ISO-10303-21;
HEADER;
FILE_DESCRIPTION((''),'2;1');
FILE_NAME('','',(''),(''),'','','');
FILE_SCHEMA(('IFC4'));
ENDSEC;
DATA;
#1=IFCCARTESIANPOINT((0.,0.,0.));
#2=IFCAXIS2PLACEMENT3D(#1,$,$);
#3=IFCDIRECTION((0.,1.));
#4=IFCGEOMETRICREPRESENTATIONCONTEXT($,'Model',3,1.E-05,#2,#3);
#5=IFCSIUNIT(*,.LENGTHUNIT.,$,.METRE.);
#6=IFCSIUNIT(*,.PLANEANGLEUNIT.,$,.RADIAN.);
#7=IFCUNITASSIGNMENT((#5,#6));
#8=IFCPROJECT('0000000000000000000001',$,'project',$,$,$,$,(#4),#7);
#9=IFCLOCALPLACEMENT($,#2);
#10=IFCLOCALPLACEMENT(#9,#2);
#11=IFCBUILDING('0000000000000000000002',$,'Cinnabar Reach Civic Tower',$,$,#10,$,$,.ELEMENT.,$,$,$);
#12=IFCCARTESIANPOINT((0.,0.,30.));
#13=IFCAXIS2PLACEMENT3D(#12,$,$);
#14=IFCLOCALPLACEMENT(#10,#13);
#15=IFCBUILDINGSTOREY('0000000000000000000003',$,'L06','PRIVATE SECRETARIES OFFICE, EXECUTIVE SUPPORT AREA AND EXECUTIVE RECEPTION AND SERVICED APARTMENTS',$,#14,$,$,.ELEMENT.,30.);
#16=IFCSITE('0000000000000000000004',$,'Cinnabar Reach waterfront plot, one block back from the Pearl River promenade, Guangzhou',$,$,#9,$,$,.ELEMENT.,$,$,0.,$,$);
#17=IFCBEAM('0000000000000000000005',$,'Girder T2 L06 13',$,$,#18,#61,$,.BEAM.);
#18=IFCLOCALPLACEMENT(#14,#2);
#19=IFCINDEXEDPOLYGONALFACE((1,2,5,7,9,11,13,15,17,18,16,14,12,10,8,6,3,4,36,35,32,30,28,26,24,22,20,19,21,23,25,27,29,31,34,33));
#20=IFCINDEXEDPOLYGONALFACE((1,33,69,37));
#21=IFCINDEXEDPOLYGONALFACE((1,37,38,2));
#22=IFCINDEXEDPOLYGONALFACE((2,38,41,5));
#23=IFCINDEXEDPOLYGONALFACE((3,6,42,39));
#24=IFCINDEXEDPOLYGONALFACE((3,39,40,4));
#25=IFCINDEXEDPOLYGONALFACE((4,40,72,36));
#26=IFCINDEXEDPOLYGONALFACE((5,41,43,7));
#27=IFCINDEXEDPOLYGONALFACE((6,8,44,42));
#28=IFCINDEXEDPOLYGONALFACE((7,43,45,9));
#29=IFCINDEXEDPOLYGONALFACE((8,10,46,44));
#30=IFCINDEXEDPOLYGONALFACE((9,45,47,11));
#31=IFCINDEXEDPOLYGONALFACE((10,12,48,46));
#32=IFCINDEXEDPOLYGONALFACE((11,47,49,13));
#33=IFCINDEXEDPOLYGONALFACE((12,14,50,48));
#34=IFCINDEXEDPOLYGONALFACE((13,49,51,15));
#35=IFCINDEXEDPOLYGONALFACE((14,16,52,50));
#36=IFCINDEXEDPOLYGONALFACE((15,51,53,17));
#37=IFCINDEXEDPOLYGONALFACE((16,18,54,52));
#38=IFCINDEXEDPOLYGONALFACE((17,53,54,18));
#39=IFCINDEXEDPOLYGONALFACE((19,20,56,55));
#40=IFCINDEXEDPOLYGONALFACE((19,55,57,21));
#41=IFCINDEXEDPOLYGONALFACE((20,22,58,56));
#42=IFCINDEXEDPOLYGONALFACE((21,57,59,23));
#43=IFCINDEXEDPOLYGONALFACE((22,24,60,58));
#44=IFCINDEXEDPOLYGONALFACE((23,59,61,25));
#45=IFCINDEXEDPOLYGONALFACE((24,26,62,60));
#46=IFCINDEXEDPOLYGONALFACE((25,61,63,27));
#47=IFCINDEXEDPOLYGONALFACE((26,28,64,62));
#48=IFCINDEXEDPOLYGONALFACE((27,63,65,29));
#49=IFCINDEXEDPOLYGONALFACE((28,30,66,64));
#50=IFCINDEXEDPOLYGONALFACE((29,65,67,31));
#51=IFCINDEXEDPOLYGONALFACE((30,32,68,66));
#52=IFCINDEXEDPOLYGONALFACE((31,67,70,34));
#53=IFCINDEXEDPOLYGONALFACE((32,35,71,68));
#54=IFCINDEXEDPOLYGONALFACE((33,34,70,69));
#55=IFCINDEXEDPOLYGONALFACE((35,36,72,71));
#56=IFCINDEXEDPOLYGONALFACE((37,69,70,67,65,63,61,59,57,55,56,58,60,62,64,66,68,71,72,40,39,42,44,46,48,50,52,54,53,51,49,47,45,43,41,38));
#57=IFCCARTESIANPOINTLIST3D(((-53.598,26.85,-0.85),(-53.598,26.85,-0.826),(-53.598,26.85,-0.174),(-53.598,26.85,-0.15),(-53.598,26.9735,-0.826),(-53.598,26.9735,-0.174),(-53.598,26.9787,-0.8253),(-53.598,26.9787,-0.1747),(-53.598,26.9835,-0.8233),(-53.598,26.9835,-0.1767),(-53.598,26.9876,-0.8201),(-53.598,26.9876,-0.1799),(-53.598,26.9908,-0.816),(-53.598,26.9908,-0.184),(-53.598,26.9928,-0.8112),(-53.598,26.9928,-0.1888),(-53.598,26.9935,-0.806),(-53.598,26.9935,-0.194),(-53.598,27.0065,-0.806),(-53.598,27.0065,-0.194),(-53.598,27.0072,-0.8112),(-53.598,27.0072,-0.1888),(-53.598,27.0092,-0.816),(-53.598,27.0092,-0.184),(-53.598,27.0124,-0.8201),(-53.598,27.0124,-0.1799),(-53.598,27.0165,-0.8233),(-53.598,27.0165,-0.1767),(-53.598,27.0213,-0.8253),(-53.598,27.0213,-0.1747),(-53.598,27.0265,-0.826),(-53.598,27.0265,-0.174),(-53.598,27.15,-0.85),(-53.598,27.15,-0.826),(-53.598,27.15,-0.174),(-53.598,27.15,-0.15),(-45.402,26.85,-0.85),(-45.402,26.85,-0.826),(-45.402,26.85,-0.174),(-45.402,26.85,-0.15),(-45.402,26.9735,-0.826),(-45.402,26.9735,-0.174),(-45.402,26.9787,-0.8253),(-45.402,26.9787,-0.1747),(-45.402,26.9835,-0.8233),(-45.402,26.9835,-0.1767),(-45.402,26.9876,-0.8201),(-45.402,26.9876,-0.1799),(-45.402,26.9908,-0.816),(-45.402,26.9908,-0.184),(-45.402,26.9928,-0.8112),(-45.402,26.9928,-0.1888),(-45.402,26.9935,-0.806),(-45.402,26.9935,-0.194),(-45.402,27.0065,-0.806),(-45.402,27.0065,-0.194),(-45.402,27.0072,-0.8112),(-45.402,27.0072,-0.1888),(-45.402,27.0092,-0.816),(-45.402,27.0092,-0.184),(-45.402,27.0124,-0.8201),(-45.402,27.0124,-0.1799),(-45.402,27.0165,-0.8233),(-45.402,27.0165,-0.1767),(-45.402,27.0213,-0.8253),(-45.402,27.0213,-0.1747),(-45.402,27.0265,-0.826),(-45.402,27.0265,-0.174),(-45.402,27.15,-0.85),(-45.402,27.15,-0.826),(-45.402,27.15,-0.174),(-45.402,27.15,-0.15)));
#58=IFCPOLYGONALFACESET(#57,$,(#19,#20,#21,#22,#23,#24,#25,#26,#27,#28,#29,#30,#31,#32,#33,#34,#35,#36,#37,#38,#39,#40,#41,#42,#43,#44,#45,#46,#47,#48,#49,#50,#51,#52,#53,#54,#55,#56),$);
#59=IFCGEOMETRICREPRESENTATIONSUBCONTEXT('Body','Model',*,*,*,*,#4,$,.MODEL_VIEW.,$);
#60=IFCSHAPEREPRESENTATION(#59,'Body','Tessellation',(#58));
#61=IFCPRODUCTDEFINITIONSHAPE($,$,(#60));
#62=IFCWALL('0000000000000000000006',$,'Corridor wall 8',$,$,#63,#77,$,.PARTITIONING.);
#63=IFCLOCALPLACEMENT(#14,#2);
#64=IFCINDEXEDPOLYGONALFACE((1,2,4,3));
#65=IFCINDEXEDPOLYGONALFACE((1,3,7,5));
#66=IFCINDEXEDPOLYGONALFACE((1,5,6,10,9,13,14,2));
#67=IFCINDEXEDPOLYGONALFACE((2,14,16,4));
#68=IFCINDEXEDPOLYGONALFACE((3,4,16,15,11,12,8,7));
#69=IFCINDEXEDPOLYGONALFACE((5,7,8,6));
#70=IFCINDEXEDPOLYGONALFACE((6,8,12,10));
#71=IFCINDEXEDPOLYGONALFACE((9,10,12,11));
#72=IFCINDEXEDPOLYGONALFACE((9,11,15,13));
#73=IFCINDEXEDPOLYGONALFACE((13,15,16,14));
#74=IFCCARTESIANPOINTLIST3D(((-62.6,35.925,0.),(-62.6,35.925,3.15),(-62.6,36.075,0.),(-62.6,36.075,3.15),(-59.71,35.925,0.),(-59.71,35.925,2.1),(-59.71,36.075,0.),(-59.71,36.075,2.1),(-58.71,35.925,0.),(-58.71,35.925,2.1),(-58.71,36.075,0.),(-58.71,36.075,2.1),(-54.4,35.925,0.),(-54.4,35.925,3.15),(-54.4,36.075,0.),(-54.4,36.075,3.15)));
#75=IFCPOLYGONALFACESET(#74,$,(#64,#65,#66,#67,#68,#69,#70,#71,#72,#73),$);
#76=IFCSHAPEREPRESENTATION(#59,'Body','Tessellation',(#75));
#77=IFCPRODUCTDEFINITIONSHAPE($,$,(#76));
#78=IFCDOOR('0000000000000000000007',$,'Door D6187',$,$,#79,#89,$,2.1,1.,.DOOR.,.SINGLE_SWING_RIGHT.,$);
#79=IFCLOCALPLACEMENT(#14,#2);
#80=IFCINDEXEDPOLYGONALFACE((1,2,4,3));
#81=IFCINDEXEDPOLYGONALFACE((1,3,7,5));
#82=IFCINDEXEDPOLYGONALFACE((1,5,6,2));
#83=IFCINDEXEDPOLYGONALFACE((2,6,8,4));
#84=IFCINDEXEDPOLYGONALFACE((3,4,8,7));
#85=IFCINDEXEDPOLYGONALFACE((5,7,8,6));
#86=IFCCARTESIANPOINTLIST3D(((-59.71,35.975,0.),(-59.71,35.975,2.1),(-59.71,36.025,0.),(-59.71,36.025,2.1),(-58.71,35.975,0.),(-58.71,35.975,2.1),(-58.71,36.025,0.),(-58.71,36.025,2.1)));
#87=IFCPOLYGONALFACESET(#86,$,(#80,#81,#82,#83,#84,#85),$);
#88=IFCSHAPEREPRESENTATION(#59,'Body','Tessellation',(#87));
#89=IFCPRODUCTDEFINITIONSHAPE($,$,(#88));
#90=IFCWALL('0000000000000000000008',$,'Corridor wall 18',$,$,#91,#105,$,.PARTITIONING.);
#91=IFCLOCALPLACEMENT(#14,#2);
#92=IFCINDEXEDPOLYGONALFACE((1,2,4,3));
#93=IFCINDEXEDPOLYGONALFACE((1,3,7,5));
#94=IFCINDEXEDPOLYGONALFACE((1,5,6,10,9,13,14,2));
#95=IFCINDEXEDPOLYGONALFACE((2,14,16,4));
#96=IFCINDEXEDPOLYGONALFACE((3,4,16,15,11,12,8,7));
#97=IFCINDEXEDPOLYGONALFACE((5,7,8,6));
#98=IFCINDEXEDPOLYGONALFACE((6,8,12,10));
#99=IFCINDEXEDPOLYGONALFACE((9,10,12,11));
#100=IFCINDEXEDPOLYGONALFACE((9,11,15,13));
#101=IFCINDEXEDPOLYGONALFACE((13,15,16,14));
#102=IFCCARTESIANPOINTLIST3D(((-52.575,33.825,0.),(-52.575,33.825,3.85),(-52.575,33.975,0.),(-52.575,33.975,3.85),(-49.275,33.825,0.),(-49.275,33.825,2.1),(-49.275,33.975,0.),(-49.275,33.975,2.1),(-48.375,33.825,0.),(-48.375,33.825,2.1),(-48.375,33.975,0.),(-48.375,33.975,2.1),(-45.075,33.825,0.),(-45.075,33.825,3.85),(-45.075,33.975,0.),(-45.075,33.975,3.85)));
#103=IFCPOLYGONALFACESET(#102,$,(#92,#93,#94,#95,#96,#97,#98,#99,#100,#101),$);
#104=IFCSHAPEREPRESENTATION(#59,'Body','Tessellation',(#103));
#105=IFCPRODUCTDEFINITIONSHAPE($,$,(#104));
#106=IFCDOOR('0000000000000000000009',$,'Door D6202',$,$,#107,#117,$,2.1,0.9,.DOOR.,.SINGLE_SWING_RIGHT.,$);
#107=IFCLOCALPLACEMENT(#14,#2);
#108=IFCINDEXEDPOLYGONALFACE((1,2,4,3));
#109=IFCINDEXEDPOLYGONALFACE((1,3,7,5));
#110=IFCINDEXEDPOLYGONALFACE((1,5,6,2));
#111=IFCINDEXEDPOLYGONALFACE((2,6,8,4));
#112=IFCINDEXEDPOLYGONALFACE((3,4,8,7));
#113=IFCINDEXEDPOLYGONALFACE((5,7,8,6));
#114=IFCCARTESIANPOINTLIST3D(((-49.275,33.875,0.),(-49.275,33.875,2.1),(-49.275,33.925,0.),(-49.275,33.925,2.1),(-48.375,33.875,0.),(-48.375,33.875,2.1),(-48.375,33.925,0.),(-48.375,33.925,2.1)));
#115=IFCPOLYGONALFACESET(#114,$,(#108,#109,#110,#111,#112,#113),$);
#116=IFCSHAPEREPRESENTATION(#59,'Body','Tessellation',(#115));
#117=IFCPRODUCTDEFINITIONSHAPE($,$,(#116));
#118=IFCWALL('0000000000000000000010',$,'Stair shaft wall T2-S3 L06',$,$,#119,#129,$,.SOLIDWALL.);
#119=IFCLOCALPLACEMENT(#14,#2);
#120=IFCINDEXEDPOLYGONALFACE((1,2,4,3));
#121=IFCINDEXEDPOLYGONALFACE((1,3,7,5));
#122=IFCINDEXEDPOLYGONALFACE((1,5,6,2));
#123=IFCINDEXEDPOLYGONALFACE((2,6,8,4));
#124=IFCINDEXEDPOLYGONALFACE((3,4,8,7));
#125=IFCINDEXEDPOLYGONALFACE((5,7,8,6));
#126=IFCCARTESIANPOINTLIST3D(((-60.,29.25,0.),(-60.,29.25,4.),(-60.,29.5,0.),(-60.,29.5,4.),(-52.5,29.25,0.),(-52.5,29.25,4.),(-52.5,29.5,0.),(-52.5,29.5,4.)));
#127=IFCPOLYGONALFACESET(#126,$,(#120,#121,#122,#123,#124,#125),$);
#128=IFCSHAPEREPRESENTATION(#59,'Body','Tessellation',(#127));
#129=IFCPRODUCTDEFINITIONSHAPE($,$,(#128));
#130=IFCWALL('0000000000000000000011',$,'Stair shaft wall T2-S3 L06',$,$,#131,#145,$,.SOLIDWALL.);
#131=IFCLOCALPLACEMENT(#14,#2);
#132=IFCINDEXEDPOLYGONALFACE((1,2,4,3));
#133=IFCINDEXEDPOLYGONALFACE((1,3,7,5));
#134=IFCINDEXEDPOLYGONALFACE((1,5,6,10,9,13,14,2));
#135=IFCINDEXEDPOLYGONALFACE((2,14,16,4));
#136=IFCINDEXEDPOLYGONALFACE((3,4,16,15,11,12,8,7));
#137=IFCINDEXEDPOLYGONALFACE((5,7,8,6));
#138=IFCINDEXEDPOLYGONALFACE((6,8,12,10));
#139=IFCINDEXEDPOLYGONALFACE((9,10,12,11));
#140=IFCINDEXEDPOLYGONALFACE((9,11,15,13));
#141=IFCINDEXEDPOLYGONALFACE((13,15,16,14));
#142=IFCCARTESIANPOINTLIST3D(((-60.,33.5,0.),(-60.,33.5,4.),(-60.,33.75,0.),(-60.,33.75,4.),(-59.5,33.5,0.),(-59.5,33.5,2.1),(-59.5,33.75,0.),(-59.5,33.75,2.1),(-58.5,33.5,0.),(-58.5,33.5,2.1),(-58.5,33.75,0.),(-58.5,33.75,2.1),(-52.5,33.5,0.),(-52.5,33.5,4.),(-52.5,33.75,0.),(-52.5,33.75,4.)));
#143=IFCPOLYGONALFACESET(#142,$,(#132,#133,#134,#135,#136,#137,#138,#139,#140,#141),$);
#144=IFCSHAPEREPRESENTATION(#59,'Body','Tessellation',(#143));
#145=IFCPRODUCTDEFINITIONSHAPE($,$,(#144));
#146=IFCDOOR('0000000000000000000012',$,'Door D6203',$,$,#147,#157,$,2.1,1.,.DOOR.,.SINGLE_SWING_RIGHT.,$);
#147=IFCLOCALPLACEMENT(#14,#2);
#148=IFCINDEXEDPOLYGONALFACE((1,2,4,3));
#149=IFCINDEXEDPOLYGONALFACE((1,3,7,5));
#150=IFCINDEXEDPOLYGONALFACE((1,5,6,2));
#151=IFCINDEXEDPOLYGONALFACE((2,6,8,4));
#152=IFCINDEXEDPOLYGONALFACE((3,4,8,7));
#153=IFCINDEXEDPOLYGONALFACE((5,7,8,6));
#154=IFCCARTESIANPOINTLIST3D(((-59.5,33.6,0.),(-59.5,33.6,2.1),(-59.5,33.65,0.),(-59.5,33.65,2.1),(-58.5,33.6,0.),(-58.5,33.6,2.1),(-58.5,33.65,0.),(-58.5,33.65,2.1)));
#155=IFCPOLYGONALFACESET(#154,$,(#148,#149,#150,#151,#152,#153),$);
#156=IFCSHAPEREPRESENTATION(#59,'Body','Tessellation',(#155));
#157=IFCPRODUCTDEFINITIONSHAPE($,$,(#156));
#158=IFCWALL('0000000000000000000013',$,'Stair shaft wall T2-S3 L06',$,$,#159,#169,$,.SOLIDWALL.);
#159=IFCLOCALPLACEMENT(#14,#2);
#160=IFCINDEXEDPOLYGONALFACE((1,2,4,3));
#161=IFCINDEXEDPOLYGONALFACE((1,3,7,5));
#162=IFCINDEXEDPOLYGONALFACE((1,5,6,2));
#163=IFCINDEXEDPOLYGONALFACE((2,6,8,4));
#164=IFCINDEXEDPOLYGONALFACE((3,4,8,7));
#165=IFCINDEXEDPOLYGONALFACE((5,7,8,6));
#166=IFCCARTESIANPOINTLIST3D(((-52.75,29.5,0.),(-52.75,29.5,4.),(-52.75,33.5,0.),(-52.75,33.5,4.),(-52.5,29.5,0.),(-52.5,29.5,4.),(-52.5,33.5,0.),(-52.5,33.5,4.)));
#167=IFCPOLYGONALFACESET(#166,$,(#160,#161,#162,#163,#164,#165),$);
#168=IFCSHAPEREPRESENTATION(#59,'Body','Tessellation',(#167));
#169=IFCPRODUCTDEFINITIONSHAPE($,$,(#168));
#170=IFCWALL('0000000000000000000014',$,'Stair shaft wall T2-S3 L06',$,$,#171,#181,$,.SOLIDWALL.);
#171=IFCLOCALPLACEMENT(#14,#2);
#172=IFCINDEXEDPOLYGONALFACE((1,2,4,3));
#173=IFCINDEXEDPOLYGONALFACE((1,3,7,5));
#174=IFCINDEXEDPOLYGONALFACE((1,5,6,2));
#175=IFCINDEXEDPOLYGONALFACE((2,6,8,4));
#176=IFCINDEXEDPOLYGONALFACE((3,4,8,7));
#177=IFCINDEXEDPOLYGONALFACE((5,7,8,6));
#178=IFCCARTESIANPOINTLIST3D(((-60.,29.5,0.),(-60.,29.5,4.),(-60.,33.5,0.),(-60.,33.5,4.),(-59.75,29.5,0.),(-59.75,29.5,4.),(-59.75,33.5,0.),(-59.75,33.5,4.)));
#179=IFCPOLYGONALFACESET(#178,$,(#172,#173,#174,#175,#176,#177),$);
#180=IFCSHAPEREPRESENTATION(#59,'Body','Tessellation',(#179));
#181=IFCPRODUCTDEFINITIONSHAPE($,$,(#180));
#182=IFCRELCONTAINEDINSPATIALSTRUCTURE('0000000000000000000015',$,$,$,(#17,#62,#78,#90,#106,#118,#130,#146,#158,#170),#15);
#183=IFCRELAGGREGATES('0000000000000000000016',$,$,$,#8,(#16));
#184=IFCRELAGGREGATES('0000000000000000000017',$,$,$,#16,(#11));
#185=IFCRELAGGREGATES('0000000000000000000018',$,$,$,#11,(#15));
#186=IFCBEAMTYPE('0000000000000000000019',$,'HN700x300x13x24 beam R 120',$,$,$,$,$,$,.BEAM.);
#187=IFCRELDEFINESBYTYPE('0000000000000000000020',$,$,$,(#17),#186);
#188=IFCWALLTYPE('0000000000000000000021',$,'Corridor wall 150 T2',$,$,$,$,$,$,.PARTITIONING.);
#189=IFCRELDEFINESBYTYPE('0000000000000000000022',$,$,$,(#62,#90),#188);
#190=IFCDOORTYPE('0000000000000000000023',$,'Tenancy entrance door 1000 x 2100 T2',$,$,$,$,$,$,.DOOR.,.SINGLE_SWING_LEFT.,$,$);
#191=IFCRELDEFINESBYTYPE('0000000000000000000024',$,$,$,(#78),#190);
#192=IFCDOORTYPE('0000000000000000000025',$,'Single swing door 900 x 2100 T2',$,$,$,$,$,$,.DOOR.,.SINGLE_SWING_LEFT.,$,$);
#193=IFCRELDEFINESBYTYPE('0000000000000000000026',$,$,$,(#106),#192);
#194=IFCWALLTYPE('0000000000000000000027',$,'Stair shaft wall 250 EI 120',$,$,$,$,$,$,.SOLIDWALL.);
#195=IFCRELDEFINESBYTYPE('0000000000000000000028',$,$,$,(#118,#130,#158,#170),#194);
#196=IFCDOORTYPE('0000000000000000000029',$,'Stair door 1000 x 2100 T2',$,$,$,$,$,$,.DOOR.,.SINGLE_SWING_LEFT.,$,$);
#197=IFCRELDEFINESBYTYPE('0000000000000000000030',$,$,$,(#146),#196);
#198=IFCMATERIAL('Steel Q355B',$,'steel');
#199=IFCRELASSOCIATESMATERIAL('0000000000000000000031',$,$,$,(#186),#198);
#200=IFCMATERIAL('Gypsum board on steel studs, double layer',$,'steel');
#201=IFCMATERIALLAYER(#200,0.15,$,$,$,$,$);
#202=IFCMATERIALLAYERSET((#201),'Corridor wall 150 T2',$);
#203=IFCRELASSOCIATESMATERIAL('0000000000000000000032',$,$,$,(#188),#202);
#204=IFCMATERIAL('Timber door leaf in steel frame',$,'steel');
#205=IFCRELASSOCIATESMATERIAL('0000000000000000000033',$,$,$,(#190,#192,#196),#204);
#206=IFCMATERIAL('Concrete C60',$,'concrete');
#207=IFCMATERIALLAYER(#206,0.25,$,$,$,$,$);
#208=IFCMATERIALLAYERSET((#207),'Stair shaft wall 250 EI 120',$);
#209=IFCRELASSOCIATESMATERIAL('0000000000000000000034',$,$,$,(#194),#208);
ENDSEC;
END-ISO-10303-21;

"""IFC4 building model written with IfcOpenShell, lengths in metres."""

from ifc_helpers import new_model, si_unit, direction, frame, frame_2d, origin, origin_2d, place, context, subcontext, project, spatial, rectangle, i_section, extrude, material, layer, layer_set, material_profile, profile_set, type_object, element, fill, save


model = new_model("IFC4")

# Units and contexts
model_context = context("Model", 3, precision=1e-05, world=origin(), true_north=direction((0.0, 1.0)))
body_context = subcontext(model_context, "Body", "Model", "MODEL_VIEW")
ifc_project = project(units=[si_unit("LENGTHUNIT", "METRE"), si_unit("PLANEANGLEUNIT", "RADIAN")], contexts=[model_context])

# Site, building, storey
site_placement = place(None, origin())
site = spatial("IfcSite", under=ifc_project, at=site_placement, Name="Cinnabar Reach waterfront plot, one block back from the Pearl River promenade, Guangzhou", CompositionType="ELEMENT", RefElevation=0.0)
building_placement = place(site_placement, origin())
building = spatial("IfcBuilding", under=site, at=building_placement, Name="Cinnabar Reach Civic Tower", CompositionType="ELEMENT")
storey_placement = place(building_placement, frame((0.0, 0.0, 30.0)))
storey = spatial("IfcBuildingStorey", under=building, at=storey_placement, Name="L06", Description="PRIVATE SECRETARIES OFFICE, EXECUTIVE SUPPORT AREA AND EXECUTIVE RECEPTION AND SERVICED APARTMENTS", CompositionType="ELEMENT", Elevation=30.0)

# Beam
ifc_material_1 = material(Name="Steel Q355B", Category="steel")
ifc_material_profile_1 = material_profile(ifc_material_1, i_section(OverallWidth=0.3, OverallDepth=0.7, WebThickness=0.013, FlangeThickness=0.024, FilletRadius=0.02, at=origin_2d()), Name="HN700x300x13x24")
ifc_profile_set_1 = profile_set([ifc_material_profile_1], Name="Steel Q355B")
beam_type_1 = type_object("IfcBeamType", Name="HN700x300x13x24 beam R 120", PredefinedType="BEAM", material=ifc_profile_set_1)
beam_1_placement = place(storey_placement, frame((-53.598, 27.0, -0.5), z_axis=(1.0, 0.0, 0.0), x_axis=(0.0, 1.0, 0.0)))
element("IfcBeam", 1, at=beam_1_placement, inside=storey, type_object=beam_type_1, Name="Girder T2 L06 13", PredefinedType="BEAM", context=body_context, shape_type="SweptSolid", body=[
    extrude(i_section(OverallWidth=0.3, OverallDepth=0.7, WebThickness=0.013, FlangeThickness=0.024, FilletRadius=0.02, at=origin_2d()), origin(), (0.0, 0.0, 1.0), 8.196),
])

# Walls, openings, doors
ifc_material_2 = material(Name="Gypsum board on steel studs, double layer", Category="steel")
ifc_layer_1 = layer(ifc_material_2, 0.15)
ifc_layer_set_1 = layer_set([ifc_layer_1], Name="Corridor wall 150 T2")
wall_type_1 = type_object("IfcWallType", Name="Corridor wall 150 T2", PredefinedType="PARTITIONING", material=ifc_layer_set_1)
wall_1_placement = place(storey_placement, frame((-62.6, 36.0, 0.0), z_axis=(0.0, 0.0, 1.0), x_axis=(1.0, 0.0, 0.0)))
wall_1 = element("IfcWall", 2, at=wall_1_placement, inside=storey, type_object=wall_type_1, Name="Corridor wall 8", PredefinedType="PARTITIONING", context=body_context, shape_type="SweptSolid", body=[
    extrude(rectangle(XDim=8.2, YDim=0.15, at=frame_2d((4.1, 0.0))), origin(), (0.0, 0.0, 1.0), 3.15),
])
opening_1_placement = place(wall_1_placement, frame((2.89, 0.0, 0.0)))
opening_1 = element("IfcOpeningElement", 3, at=opening_1_placement, cuts=wall_1, PredefinedType="OPENING", context=body_context, shape_type="SweptSolid", body=[
    extrude(rectangle(XDim=1.0, YDim=2.1, at=frame_2d((0.5, 1.05))), frame((0.0, 0.085, 0.0), z_axis=(0.0, -1.0, 0.0), x_axis=(1.0, 0.0, 0.0)), (0.0, 0.0, 1.0), 0.17),
])
ifc_material_3 = material(Name="Timber door leaf in steel frame", Category="steel")
door_type_1 = type_object("IfcDoorType", Name="Tenancy entrance door 1000 x 2100 T2", OperationType="SINGLE_SWING_LEFT", PredefinedType="DOOR", material=ifc_material_3)
door_1_placement = place(opening_1_placement, origin())
door_1 = element("IfcDoor", 4, at=door_1_placement, inside=storey, type_object=door_type_1, Name="Door D6187", OperationType="SINGLE_SWING_RIGHT", OverallHeight=2.1, OverallWidth=1.0, PredefinedType="DOOR", context=body_context, shape_type="SweptSolid", body=[
    extrude(rectangle(XDim=1.0, YDim=2.1, at=frame_2d((0.5, 1.05))), frame((0.0, 0.025, 0.0), z_axis=(0.0, -1.0, 0.0), x_axis=(1.0, 0.0, 0.0)), (0.0, 0.0, 1.0), 0.05),
])
fill(opening_1, door_1)
wall_2_placement = place(storey_placement, frame((-52.575, 33.9, 0.0), z_axis=(0.0, 0.0, 1.0), x_axis=(1.0, 0.0, 0.0)))
wall_2 = element("IfcWall", 5, at=wall_2_placement, inside=storey, type_object=wall_type_1, Name="Corridor wall 18", PredefinedType="PARTITIONING", context=body_context, shape_type="SweptSolid", body=[
    extrude(rectangle(XDim=7.5, YDim=0.15, at=frame_2d((3.75, 0.0))), origin(), (0.0, 0.0, 1.0), 3.85),
])
opening_2_placement = place(wall_2_placement, frame((3.3, 0.0, 0.0)))
opening_2 = element("IfcOpeningElement", 6, at=opening_2_placement, cuts=wall_2, PredefinedType="OPENING", context=body_context, shape_type="SweptSolid", body=[
    extrude(rectangle(XDim=0.9, YDim=2.1, at=frame_2d((0.45, 1.05))), frame((0.0, 0.085, 0.0), z_axis=(0.0, -1.0, 0.0), x_axis=(1.0, 0.0, 0.0)), (0.0, 0.0, 1.0), 0.17),
])
door_type_2 = type_object("IfcDoorType", Name="Single swing door 900 x 2100 T2", OperationType="SINGLE_SWING_LEFT", PredefinedType="DOOR", material=ifc_material_3)
door_2_placement = place(opening_2_placement, frame((0.9, 0.0, 0.0), z_axis=(0.0, 0.0, 1.0), x_axis=(-1.0, 0.0, 0.0)))
door_2 = element("IfcDoor", 7, at=door_2_placement, inside=storey, type_object=door_type_2, Name="Door D6202", OperationType="SINGLE_SWING_RIGHT", OverallHeight=2.1, OverallWidth=0.9, PredefinedType="DOOR", context=body_context, shape_type="SweptSolid", body=[
    extrude(rectangle(XDim=0.9, YDim=2.1, at=frame_2d((0.45, 1.05))), frame((0.0, 0.025, 0.0), z_axis=(0.0, -1.0, 0.0), x_axis=(1.0, 0.0, 0.0)), (0.0, 0.0, 1.0), 0.05),
])
fill(opening_2, door_2)

# Wall
ifc_material_4 = material(Name="Concrete C60", Category="concrete")
ifc_layer_2 = layer(ifc_material_4, 0.25)
ifc_layer_set_2 = layer_set([ifc_layer_2], Name="Stair shaft wall 250 EI 120")
wall_type_2 = type_object("IfcWallType", Name="Stair shaft wall 250 EI 120", PredefinedType="SOLIDWALL", material=ifc_layer_set_2)
wall_3_placement = place(storey_placement, frame((-60.0, 29.375, 0.0), z_axis=(0.0, 0.0, 1.0), x_axis=(1.0, 0.0, 0.0)))
element("IfcWall", 8, at=wall_3_placement, inside=storey, type_object=wall_type_2, Name="Stair shaft wall T2-S3 L06", PredefinedType="SOLIDWALL", context=body_context, shape_type="SweptSolid", body=[
    extrude(rectangle(XDim=7.5, YDim=0.25, at=frame_2d((3.75, 0.0))), origin(), (0.0, 0.0, 1.0), 4.0),
])

# Wall, opening, door
wall_4_placement = place(storey_placement, frame((-52.5, 33.625, 0.0), z_axis=(0.0, 0.0, 1.0), x_axis=(-1.0, 0.0, 0.0)))
wall_4 = element("IfcWall", 9, at=wall_4_placement, inside=storey, type_object=wall_type_2, Name="Stair shaft wall T2-S3 L06", PredefinedType="SOLIDWALL", context=body_context, shape_type="SweptSolid", body=[
    extrude(rectangle(XDim=7.5, YDim=0.25, at=frame_2d((3.75, 0.0))), origin(), (0.0, 0.0, 1.0), 4.0),
])
opening_3_placement = place(wall_4_placement, frame((6.0, 0.0, 0.0)))
opening_3 = element("IfcOpeningElement", 10, at=opening_3_placement, cuts=wall_4, PredefinedType="OPENING", context=body_context, shape_type="SweptSolid", body=[
    extrude(rectangle(XDim=1.0, YDim=2.1, at=frame_2d((0.5, 1.05))), frame((0.0, 0.135, 0.0), z_axis=(0.0, -1.0, 0.0), x_axis=(1.0, 0.0, 0.0)), (0.0, 0.0, 1.0), 0.27),
])
door_type_3 = type_object("IfcDoorType", Name="Stair door 1000 x 2100 T2", OperationType="SINGLE_SWING_LEFT", PredefinedType="DOOR", material=ifc_material_3)
door_3_placement = place(opening_3_placement, origin())
door_3 = element("IfcDoor", 11, at=door_3_placement, inside=storey, type_object=door_type_3, Name="Door D6203", OperationType="SINGLE_SWING_RIGHT", OverallHeight=2.1, OverallWidth=1.0, PredefinedType="DOOR", context=body_context, shape_type="SweptSolid", body=[
    extrude(rectangle(XDim=1.0, YDim=2.1, at=frame_2d((0.5, 1.05))), frame((0.0, 0.025, 0.0), z_axis=(0.0, -1.0, 0.0), x_axis=(1.0, 0.0, 0.0)), (0.0, 0.0, 1.0), 0.05),
])
fill(opening_3, door_3)

# Walls
for number, where, z_axis, x_axis, name in (
    (12, (-52.625, 29.5, 0.0), (0.0, 0.0, 1.0), (0.0, 1.0, 0.0), "Stair shaft wall T2-S3 L06"),
    (13, (-59.875, 33.5, 0.0), (0.0, 0.0, 1.0), (0.0, -1.0, 0.0), "Stair shaft wall T2-S3 L06"),
):
    element("IfcWall", number, at=place(storey_placement, frame(where, z_axis=z_axis, x_axis=x_axis)), inside=storey, type_object=wall_type_2, Name=name, PredefinedType="SOLIDWALL", context=body_context, shape_type="SweptSolid", body=[
        extrude(rectangle(XDim=4.0, YDim=0.25, at=frame_2d((2.0, 0.0))), origin(), (0.0, 0.0, 1.0), 4.0),
    ])

save(model, "model.ifc")
